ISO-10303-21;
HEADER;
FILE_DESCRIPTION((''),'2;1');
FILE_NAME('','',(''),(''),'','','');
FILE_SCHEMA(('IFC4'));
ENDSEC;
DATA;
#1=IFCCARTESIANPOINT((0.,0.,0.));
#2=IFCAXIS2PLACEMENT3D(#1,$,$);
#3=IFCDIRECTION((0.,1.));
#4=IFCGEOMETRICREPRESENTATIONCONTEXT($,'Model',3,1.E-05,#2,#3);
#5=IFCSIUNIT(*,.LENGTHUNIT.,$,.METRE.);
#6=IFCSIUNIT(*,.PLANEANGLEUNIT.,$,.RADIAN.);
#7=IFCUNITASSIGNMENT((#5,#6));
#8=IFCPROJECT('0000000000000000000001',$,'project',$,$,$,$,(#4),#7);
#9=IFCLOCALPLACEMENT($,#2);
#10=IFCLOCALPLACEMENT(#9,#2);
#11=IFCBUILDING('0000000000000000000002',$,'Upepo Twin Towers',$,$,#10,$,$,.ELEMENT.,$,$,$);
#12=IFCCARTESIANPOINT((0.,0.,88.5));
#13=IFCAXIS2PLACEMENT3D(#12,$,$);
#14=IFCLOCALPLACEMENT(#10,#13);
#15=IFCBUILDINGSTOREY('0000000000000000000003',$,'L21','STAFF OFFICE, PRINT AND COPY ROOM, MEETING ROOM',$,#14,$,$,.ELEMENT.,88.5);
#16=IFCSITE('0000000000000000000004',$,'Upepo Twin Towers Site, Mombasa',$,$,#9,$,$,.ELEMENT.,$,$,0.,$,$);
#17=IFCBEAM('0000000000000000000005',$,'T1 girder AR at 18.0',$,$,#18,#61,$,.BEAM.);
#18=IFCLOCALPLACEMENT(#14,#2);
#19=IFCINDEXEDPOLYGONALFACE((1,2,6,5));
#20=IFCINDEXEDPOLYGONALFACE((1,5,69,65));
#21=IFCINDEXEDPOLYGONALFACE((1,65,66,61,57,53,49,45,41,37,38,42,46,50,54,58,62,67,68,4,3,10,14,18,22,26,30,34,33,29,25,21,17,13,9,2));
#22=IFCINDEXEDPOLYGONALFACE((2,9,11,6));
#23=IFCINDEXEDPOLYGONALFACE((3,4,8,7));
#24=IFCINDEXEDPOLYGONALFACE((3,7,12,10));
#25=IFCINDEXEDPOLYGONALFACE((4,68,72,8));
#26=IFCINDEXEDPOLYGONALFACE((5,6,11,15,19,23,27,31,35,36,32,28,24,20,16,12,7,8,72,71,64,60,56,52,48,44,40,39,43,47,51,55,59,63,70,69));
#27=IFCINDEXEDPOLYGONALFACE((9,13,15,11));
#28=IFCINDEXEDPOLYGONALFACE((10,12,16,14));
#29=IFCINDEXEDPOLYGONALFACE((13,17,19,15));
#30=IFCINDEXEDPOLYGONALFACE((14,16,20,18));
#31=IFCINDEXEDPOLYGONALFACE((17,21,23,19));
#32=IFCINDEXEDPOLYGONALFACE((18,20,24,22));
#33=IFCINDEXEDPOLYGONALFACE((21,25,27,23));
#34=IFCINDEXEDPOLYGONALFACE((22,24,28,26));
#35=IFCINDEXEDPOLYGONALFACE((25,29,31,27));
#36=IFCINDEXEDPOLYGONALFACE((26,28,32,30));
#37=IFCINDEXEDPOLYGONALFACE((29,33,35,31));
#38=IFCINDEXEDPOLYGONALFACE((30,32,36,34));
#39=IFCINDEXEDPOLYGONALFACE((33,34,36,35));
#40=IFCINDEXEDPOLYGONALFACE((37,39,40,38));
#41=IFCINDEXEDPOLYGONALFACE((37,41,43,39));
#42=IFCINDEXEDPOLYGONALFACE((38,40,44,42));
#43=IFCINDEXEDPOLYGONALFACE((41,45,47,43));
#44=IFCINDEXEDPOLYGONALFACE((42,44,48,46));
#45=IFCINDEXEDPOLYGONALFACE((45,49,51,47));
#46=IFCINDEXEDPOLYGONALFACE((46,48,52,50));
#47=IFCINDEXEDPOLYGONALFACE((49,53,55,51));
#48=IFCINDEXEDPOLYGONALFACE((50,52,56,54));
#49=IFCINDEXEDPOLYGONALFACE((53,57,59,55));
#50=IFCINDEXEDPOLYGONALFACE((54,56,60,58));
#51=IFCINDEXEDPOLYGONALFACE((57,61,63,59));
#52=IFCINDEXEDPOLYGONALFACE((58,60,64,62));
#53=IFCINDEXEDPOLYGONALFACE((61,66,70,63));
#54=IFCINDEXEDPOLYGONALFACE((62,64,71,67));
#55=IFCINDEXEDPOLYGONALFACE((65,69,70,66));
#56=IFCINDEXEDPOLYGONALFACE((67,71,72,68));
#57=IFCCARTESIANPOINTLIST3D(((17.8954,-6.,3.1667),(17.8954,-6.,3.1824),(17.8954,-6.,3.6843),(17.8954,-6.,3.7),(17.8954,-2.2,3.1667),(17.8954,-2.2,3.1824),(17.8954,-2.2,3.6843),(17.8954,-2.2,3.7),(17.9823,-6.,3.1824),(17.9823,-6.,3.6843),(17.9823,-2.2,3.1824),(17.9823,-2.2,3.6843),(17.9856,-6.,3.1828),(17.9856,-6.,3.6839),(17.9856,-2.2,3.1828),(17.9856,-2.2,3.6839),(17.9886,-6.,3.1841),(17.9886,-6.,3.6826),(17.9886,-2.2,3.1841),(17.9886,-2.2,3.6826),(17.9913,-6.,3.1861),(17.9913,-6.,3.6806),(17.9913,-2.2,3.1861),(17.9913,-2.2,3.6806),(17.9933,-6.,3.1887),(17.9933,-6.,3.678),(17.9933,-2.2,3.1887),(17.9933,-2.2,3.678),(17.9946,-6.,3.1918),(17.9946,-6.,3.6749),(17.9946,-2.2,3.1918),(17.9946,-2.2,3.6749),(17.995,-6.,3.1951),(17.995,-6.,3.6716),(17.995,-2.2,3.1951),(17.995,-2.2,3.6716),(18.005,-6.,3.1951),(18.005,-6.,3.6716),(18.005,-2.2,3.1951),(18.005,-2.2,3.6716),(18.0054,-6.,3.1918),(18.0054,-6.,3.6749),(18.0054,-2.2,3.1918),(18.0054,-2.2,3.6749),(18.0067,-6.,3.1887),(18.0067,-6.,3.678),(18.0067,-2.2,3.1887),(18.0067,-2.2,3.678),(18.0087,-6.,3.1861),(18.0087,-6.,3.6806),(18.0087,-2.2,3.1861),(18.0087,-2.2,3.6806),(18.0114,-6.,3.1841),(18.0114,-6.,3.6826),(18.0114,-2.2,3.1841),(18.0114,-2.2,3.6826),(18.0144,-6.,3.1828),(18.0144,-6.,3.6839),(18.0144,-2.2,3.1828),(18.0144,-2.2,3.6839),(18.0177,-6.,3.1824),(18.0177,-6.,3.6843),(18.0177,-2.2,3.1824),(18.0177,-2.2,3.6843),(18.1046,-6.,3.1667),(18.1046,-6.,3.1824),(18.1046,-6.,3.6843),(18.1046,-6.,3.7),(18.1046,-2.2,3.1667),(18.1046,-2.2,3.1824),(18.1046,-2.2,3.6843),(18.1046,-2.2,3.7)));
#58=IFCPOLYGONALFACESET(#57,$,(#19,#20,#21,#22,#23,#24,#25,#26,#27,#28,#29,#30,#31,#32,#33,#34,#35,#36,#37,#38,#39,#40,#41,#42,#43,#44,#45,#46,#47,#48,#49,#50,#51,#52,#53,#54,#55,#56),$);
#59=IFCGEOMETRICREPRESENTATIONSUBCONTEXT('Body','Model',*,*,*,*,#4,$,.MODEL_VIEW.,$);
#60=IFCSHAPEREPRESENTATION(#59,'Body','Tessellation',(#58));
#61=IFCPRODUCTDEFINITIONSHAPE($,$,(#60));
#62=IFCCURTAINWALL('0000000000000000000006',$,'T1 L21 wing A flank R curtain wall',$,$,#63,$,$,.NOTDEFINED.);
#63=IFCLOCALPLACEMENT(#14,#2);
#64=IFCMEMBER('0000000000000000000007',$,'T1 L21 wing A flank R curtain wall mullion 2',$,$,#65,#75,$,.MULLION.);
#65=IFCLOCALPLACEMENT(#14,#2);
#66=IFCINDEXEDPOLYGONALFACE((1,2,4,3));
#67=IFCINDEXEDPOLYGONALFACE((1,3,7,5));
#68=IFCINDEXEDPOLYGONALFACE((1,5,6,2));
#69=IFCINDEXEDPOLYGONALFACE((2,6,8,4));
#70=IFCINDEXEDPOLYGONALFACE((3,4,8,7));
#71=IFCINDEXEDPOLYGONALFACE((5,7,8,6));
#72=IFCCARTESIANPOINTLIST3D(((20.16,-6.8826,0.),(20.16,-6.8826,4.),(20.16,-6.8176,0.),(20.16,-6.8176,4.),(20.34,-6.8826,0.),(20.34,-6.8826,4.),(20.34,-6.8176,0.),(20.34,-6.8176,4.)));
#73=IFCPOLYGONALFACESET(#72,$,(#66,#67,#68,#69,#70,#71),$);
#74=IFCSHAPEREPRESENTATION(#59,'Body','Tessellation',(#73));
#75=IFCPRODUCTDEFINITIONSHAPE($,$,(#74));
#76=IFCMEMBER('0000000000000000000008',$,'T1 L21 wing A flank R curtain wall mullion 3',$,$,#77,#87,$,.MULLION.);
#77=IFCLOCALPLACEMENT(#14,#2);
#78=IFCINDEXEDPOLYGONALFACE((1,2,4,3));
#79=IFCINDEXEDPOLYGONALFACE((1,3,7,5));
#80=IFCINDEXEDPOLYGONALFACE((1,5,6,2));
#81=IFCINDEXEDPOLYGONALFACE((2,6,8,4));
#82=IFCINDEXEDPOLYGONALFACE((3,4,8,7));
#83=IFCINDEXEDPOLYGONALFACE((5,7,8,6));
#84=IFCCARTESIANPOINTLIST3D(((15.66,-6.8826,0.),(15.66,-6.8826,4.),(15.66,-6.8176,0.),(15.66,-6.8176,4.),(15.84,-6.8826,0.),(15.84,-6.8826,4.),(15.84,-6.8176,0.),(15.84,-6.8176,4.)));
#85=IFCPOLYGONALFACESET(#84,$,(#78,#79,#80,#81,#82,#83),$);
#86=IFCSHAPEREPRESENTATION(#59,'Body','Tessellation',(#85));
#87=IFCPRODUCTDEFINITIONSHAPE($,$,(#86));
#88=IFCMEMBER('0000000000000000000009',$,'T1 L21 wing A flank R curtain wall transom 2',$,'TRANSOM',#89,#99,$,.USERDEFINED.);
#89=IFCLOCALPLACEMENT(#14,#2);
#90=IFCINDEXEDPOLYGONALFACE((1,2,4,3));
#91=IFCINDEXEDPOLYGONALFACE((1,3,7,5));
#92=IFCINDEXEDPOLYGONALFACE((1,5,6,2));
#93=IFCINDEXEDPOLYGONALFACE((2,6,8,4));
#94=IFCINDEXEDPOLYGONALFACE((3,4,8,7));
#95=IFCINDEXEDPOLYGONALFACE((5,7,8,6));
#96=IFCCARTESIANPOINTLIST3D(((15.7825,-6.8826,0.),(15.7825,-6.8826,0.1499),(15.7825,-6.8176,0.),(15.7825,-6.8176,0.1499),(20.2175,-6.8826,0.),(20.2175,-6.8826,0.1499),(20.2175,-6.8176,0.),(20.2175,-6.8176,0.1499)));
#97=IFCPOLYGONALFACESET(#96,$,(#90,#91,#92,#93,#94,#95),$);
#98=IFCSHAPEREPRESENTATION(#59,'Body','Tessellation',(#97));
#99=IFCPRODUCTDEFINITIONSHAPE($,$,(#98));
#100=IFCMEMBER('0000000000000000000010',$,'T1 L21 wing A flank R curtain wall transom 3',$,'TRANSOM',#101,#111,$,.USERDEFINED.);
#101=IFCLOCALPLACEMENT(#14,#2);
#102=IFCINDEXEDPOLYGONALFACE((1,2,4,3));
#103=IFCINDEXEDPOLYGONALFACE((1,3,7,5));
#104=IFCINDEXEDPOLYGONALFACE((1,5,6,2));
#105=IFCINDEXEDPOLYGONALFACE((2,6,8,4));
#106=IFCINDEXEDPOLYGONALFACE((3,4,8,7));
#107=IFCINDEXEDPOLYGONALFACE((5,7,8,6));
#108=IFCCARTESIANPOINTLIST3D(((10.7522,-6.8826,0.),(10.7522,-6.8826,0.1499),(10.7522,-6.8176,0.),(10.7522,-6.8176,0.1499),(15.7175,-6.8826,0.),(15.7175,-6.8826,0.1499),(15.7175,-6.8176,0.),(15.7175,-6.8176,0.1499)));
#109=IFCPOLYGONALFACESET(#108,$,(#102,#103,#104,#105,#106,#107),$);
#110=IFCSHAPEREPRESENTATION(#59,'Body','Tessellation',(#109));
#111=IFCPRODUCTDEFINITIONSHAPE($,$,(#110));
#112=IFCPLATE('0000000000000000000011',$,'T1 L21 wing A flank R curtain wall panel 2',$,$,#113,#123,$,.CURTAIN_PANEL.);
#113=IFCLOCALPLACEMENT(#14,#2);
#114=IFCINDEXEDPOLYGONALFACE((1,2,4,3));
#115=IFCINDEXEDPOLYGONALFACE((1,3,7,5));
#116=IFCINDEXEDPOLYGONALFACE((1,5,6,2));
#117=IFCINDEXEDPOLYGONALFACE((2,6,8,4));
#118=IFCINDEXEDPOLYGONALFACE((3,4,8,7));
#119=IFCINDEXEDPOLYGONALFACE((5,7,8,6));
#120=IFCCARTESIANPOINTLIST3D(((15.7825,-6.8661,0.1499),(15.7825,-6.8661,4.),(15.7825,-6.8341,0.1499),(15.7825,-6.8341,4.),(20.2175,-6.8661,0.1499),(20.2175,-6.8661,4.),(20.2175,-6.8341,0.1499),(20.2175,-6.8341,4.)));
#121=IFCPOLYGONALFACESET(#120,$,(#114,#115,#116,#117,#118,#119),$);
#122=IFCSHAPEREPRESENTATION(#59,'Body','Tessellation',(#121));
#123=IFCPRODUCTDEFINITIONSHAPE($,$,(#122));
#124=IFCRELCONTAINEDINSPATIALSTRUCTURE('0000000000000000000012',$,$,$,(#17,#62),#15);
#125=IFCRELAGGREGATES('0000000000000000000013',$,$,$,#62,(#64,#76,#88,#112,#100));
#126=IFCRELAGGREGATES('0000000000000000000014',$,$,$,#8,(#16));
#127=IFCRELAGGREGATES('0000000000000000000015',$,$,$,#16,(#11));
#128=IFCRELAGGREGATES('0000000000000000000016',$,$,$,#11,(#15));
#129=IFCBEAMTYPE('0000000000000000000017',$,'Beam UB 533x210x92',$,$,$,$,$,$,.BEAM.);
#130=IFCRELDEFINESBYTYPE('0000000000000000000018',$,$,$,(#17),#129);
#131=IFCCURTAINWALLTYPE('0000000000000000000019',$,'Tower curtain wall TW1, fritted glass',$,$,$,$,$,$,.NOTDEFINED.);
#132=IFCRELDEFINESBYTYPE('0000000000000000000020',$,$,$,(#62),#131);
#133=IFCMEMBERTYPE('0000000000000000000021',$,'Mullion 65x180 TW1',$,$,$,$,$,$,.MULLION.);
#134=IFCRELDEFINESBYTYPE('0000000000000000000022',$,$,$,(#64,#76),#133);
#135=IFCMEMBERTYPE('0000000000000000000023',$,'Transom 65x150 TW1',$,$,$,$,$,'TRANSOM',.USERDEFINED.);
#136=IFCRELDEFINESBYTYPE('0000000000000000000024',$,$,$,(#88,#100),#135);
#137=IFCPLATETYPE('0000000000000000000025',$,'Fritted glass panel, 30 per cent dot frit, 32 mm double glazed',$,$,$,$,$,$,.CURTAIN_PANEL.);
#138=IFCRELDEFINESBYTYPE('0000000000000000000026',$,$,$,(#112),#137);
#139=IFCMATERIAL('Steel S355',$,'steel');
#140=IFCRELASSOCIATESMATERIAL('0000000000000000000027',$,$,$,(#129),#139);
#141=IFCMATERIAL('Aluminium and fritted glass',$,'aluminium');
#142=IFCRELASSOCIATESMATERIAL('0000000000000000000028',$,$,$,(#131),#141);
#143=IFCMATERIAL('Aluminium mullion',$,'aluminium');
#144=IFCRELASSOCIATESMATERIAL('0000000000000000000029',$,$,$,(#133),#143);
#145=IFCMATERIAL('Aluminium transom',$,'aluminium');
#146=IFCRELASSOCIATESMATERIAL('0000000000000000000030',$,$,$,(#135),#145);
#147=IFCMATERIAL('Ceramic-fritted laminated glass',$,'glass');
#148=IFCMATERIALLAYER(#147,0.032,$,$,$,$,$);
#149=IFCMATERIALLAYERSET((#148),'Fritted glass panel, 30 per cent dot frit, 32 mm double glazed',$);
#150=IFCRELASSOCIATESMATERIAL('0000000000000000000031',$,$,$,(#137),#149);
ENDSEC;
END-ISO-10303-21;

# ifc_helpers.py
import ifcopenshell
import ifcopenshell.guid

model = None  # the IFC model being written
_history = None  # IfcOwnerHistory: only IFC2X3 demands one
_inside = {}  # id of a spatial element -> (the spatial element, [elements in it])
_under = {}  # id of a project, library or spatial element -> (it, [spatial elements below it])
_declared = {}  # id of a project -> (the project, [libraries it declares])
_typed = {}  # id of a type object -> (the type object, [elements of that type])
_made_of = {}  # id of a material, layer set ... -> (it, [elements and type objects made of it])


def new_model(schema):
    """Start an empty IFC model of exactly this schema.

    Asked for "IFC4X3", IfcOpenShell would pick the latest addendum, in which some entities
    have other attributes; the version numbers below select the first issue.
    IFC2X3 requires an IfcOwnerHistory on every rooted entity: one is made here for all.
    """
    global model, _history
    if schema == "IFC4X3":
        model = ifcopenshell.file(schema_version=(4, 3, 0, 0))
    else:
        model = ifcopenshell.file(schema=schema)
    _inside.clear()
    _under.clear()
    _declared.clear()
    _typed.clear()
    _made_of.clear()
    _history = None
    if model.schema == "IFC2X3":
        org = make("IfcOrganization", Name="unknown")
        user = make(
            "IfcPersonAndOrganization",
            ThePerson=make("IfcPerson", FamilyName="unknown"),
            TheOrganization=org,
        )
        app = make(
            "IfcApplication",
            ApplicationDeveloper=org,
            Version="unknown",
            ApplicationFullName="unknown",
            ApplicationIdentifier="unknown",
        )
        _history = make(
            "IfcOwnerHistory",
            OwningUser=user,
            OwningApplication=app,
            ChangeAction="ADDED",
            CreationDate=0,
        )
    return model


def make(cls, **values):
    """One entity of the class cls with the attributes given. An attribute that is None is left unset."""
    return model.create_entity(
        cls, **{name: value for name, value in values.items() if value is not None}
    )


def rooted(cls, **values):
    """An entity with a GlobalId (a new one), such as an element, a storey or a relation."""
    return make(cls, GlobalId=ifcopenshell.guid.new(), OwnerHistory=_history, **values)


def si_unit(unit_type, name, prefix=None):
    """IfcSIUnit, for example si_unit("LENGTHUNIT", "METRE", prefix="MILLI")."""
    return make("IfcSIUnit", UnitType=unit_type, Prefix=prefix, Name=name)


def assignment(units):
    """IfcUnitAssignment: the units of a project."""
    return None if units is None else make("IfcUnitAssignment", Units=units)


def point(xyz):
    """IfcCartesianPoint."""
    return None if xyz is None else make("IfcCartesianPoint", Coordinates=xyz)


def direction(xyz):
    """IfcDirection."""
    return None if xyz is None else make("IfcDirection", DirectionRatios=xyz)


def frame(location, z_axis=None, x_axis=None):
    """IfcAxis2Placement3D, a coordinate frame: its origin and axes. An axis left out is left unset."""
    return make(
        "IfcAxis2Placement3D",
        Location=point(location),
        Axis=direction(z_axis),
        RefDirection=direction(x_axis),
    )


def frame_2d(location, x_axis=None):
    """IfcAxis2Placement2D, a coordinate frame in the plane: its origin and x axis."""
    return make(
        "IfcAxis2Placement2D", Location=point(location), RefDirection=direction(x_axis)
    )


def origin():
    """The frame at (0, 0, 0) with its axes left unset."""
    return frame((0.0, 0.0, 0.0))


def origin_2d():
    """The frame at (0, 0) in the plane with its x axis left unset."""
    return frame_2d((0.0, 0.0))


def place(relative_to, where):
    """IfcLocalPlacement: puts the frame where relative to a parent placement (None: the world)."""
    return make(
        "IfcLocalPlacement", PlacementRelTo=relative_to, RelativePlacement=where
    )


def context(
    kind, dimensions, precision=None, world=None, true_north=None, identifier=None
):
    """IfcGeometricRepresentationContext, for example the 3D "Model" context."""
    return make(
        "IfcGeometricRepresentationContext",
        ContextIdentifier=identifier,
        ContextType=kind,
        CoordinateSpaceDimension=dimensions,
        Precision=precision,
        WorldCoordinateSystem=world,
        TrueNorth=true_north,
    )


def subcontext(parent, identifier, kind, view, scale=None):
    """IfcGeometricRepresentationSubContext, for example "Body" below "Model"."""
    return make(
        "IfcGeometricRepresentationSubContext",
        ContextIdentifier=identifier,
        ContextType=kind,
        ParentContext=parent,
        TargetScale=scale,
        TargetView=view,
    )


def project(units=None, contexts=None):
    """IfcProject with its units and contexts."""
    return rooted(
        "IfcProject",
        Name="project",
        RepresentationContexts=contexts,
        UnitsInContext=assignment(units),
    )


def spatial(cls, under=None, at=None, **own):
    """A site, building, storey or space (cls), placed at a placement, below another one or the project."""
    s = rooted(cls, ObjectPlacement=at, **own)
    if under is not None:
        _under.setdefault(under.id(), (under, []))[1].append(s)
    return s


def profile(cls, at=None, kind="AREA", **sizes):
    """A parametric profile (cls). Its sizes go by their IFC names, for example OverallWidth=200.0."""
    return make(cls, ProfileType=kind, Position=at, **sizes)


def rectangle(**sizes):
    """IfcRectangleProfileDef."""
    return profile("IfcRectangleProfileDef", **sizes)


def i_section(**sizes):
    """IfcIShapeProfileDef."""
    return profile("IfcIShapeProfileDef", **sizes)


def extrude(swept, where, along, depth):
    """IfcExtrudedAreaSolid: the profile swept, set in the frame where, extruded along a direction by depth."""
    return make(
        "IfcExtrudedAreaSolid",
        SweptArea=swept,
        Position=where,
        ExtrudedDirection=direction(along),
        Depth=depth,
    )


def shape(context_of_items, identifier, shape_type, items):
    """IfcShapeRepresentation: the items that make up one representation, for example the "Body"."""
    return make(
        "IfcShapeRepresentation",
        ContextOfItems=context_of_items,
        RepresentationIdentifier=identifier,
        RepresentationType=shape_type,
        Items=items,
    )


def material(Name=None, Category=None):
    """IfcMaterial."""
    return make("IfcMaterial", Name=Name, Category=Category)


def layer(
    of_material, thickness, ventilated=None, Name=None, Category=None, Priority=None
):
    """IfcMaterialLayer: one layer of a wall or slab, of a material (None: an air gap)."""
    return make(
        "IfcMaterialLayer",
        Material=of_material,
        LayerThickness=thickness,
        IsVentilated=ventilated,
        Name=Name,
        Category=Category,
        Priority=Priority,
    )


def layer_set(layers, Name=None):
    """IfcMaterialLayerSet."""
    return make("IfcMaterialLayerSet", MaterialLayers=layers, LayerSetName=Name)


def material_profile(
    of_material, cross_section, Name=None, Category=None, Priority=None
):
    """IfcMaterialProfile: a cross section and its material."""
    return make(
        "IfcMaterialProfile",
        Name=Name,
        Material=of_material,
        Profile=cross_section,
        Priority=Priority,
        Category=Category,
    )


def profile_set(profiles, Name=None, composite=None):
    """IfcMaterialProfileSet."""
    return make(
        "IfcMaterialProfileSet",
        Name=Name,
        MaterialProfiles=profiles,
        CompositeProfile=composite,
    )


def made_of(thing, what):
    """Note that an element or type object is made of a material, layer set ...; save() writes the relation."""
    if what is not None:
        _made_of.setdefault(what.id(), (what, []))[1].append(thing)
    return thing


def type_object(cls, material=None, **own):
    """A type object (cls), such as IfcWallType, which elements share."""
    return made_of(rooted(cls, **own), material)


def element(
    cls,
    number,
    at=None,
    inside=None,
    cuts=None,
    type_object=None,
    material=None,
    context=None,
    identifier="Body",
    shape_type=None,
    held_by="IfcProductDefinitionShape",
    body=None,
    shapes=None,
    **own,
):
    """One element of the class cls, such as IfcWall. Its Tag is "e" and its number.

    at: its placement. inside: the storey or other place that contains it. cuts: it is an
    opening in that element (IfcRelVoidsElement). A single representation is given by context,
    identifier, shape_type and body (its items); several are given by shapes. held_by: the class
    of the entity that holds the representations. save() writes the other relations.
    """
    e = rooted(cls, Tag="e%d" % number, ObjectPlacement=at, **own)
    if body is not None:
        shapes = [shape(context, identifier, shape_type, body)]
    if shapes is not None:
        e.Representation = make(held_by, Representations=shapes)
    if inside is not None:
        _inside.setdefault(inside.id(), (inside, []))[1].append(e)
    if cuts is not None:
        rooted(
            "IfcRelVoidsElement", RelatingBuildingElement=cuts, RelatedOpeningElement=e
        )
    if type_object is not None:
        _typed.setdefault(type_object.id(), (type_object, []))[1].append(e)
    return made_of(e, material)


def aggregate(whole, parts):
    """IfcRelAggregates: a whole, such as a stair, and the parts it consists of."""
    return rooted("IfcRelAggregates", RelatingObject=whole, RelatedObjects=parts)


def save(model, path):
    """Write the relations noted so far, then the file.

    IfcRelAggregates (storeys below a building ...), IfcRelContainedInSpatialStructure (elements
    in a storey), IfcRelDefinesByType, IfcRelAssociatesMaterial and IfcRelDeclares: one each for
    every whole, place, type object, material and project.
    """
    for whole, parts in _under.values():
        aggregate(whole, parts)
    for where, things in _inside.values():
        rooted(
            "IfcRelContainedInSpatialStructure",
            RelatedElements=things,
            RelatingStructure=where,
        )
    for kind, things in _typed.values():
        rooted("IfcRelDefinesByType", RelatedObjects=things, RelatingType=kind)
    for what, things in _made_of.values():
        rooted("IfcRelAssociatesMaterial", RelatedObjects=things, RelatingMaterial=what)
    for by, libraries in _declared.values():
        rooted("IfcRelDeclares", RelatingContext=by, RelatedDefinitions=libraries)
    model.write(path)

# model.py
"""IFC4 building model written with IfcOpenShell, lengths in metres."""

from ifc_helpers import new_model, si_unit, direction, frame, origin, origin_2d, place, context, subcontext, project, spatial, rectangle, i_section, extrude, material, layer, layer_set, material_profile, profile_set, type_object, element, aggregate, save


model = new_model("IFC4")

# Units and contexts
model_context = context("Model", 3, precision=1e-05, world=origin(), true_north=direction((0.0, 1.0)))
body_context = subcontext(model_context, "Body", "Model", "MODEL_VIEW")
ifc_project = project(units=[si_unit("LENGTHUNIT", "METRE"), si_unit("PLANEANGLEUNIT", "RADIAN")], contexts=[model_context])

# Site, building, storey
site_placement = place(None, origin())
site = spatial("IfcSite", under=ifc_project, at=site_placement, Name="Upepo Twin Towers Site, Mombasa", CompositionType="ELEMENT", RefElevation=0.0)
building_placement = place(site_placement, origin())
building = spatial("IfcBuilding", under=site, at=building_placement, Name="Upepo Twin Towers", CompositionType="ELEMENT")
storey_placement = place(building_placement, frame((0.0, 0.0, 88.5)))
storey = spatial("IfcBuildingStorey", under=building, at=storey_placement, Name="L21", Description="STAFF OFFICE, PRINT AND COPY ROOM, MEETING ROOM", CompositionType="ELEMENT", Elevation=88.5)

# Beam
ifc_material_1 = material(Name="Steel S355", Category="steel")
ifc_material_profile_1 = material_profile(ifc_material_1, i_section(OverallWidth=0.2092, OverallDepth=0.5332, WebThickness=0.01, FlangeThickness=0.0156, FilletRadius=0.0127, at=origin_2d()), Name="UB 533x210x92")
ifc_profile_set_1 = profile_set([ifc_material_profile_1], Name="Steel S355")
beam_type_1 = type_object("IfcBeamType", Name="Beam UB 533x210x92", PredefinedType="BEAM", material=ifc_profile_set_1)
for number, where, z_axis, x_axis, name in (
    (1, (18.0, -6.0, 3.4333), (0.0, 1.0, 0.0), (-1.0, 0.0, 0.0), "T1 girder AR at 18.0"),
):
    element("IfcBeam", number, at=place(storey_placement, frame(where, z_axis=z_axis, x_axis=x_axis)), inside=storey, type_object=beam_type_1, Name=name, PredefinedType="BEAM", context=body_context, shape_type="SweptSolid", body=[
        extrude(i_section(OverallWidth=0.2092, OverallDepth=0.5332, WebThickness=0.01, FlangeThickness=0.0156, FilletRadius=0.0127, at=origin_2d()), origin(), (0.0, 0.0, 1.0), 3.8),
    ])

# Curtain wall, members, plate
ifc_material_2 = material(Name="Aluminium and fritted glass", Category="aluminium")
curtain_wall_type = type_object("IfcCurtainWallType", Name="Tower curtain wall TW1, fritted glass", PredefinedType="NOTDEFINED", material=ifc_material_2)
curtain_wall_placement = place(storey_placement, origin())
curtain_wall = element("IfcCurtainWall", 2, at=curtain_wall_placement, inside=storey, type_object=curtain_wall_type, Name="T1 L21 wing A flank R curtain wall", PredefinedType="NOTDEFINED")
ifc_material_3 = material(Name="Aluminium mullion", Category="aluminium")
ifc_material_profile_2 = material_profile(ifc_material_3, rectangle(XDim=0.0649, YDim=0.1799, at=origin_2d()), Name="MULLION 65x180")
ifc_profile_set_2 = profile_set([ifc_material_profile_2], Name="Aluminium mullion")
member_type_1 = type_object("IfcMemberType", Name="Mullion 65x180 TW1", PredefinedType="MULLION", material=ifc_profile_set_2)
member_1_placement = place(storey_placement, frame((20.25, -6.8501, 0.0), z_axis=(0.0, 0.0, 1.0), x_axis=(0.0, -1.0, 0.0)))
member_1 = element("IfcMember", 3, at=member_1_placement, type_object=member_type_1, Name="T1 L21 wing A flank R curtain wall mullion 2", PredefinedType="MULLION", context=body_context, shape_type="SweptSolid", body=[
    extrude(rectangle(XDim=0.0649, YDim=0.1799, at=origin_2d()), origin(), (0.0, 0.0, 1.0), 4.0),
])
member_2_placement = place(storey_placement, frame((15.75, -6.8501, 0.0), z_axis=(0.0, 0.0, 1.0), x_axis=(0.0, -1.0, 0.0)))
member_2 = element("IfcMember", 4, at=member_2_placement, type_object=member_type_1, Name="T1 L21 wing A flank R curtain wall mullion 3", PredefinedType="MULLION", context=body_context, shape_type="SweptSolid", body=[
    extrude(rectangle(XDim=0.0649, YDim=0.1799, at=origin_2d()), origin(), (0.0, 0.0, 1.0), 4.0),
])
ifc_material_4 = material(Name="Aluminium transom", Category="aluminium")
ifc_material_profile_3 = material_profile(ifc_material_4, rectangle(XDim=0.0649, YDim=0.1499, at=origin_2d()), Name="TRANSOM 65x150")
ifc_profile_set_3 = profile_set([ifc_material_profile_3], Name="Aluminium transom")
member_type_2 = type_object("IfcMemberType", Name="Transom 65x150 TW1", ElementType="TRANSOM", PredefinedType="USERDEFINED", material=ifc_profile_set_3)
member_3_placement = place(storey_placement, frame((20.2175, -6.8501, 0.075), z_axis=(-1.0, 0.0, 0.0), x_axis=(0.0, -1.0, 0.0)))
member_3 = element("IfcMember", 5, at=member_3_placement, type_object=member_type_2, Name="T1 L21 wing A flank R curtain wall transom 2", ObjectType="TRANSOM", PredefinedType="USERDEFINED", context=body_context, shape_type="SweptSolid", body=[
    extrude(rectangle(XDim=0.0649, YDim=0.1499, at=origin_2d()), origin(), (0.0, 0.0, 1.0), 4.4351),
])
member_4_placement = place(storey_placement, frame((15.7175, -6.8501, 0.075), z_axis=(-1.0, 0.0, 0.0), x_axis=(0.0, -1.0, 0.0)))
member_4 = element("IfcMember", 6, at=member_4_placement, type_object=member_type_2, Name="T1 L21 wing A flank R curtain wall transom 3", ObjectType="TRANSOM", PredefinedType="USERDEFINED", context=body_context, shape_type="SweptSolid", body=[
    extrude(rectangle(XDim=0.0649, YDim=0.1499, at=origin_2d()), origin(), (0.0, 0.0, 1.0), 4.9653),
])
ifc_material_5 = material(Name="Ceramic-fritted laminated glass", Category="glass")
ifc_layer_1 = layer(ifc_material_5, 0.032)
ifc_layer_set_1 = layer_set([ifc_layer_1], Name="Fritted glass panel, 30 per cent dot frit, 32 mm double glazed")
plate_type = type_object("IfcPlateType", Name="Fritted glass panel, 30 per cent dot frit, 32 mm double glazed", PredefinedType="CURTAIN_PANEL", material=ifc_layer_set_1)
plate_placement = place(storey_placement, frame((18.0, -6.8501, 0.1499), z_axis=(0.0, 0.0, 1.0), x_axis=(-1.0, 0.0, 0.0)))
plate = element("IfcPlate", 7, at=plate_placement, type_object=plate_type, Name="T1 L21 wing A flank R curtain wall panel 2", PredefinedType="CURTAIN_PANEL", context=body_context, shape_type="SweptSolid", body=[
    extrude(rectangle(XDim=4.4351, YDim=0.032, at=origin_2d()), origin(), (0.0, 0.0, 1.0), 3.8501),
])
aggregate(curtain_wall, [member_1, member_2, member_3, plate, member_4])

save(model, "model.ifc")
